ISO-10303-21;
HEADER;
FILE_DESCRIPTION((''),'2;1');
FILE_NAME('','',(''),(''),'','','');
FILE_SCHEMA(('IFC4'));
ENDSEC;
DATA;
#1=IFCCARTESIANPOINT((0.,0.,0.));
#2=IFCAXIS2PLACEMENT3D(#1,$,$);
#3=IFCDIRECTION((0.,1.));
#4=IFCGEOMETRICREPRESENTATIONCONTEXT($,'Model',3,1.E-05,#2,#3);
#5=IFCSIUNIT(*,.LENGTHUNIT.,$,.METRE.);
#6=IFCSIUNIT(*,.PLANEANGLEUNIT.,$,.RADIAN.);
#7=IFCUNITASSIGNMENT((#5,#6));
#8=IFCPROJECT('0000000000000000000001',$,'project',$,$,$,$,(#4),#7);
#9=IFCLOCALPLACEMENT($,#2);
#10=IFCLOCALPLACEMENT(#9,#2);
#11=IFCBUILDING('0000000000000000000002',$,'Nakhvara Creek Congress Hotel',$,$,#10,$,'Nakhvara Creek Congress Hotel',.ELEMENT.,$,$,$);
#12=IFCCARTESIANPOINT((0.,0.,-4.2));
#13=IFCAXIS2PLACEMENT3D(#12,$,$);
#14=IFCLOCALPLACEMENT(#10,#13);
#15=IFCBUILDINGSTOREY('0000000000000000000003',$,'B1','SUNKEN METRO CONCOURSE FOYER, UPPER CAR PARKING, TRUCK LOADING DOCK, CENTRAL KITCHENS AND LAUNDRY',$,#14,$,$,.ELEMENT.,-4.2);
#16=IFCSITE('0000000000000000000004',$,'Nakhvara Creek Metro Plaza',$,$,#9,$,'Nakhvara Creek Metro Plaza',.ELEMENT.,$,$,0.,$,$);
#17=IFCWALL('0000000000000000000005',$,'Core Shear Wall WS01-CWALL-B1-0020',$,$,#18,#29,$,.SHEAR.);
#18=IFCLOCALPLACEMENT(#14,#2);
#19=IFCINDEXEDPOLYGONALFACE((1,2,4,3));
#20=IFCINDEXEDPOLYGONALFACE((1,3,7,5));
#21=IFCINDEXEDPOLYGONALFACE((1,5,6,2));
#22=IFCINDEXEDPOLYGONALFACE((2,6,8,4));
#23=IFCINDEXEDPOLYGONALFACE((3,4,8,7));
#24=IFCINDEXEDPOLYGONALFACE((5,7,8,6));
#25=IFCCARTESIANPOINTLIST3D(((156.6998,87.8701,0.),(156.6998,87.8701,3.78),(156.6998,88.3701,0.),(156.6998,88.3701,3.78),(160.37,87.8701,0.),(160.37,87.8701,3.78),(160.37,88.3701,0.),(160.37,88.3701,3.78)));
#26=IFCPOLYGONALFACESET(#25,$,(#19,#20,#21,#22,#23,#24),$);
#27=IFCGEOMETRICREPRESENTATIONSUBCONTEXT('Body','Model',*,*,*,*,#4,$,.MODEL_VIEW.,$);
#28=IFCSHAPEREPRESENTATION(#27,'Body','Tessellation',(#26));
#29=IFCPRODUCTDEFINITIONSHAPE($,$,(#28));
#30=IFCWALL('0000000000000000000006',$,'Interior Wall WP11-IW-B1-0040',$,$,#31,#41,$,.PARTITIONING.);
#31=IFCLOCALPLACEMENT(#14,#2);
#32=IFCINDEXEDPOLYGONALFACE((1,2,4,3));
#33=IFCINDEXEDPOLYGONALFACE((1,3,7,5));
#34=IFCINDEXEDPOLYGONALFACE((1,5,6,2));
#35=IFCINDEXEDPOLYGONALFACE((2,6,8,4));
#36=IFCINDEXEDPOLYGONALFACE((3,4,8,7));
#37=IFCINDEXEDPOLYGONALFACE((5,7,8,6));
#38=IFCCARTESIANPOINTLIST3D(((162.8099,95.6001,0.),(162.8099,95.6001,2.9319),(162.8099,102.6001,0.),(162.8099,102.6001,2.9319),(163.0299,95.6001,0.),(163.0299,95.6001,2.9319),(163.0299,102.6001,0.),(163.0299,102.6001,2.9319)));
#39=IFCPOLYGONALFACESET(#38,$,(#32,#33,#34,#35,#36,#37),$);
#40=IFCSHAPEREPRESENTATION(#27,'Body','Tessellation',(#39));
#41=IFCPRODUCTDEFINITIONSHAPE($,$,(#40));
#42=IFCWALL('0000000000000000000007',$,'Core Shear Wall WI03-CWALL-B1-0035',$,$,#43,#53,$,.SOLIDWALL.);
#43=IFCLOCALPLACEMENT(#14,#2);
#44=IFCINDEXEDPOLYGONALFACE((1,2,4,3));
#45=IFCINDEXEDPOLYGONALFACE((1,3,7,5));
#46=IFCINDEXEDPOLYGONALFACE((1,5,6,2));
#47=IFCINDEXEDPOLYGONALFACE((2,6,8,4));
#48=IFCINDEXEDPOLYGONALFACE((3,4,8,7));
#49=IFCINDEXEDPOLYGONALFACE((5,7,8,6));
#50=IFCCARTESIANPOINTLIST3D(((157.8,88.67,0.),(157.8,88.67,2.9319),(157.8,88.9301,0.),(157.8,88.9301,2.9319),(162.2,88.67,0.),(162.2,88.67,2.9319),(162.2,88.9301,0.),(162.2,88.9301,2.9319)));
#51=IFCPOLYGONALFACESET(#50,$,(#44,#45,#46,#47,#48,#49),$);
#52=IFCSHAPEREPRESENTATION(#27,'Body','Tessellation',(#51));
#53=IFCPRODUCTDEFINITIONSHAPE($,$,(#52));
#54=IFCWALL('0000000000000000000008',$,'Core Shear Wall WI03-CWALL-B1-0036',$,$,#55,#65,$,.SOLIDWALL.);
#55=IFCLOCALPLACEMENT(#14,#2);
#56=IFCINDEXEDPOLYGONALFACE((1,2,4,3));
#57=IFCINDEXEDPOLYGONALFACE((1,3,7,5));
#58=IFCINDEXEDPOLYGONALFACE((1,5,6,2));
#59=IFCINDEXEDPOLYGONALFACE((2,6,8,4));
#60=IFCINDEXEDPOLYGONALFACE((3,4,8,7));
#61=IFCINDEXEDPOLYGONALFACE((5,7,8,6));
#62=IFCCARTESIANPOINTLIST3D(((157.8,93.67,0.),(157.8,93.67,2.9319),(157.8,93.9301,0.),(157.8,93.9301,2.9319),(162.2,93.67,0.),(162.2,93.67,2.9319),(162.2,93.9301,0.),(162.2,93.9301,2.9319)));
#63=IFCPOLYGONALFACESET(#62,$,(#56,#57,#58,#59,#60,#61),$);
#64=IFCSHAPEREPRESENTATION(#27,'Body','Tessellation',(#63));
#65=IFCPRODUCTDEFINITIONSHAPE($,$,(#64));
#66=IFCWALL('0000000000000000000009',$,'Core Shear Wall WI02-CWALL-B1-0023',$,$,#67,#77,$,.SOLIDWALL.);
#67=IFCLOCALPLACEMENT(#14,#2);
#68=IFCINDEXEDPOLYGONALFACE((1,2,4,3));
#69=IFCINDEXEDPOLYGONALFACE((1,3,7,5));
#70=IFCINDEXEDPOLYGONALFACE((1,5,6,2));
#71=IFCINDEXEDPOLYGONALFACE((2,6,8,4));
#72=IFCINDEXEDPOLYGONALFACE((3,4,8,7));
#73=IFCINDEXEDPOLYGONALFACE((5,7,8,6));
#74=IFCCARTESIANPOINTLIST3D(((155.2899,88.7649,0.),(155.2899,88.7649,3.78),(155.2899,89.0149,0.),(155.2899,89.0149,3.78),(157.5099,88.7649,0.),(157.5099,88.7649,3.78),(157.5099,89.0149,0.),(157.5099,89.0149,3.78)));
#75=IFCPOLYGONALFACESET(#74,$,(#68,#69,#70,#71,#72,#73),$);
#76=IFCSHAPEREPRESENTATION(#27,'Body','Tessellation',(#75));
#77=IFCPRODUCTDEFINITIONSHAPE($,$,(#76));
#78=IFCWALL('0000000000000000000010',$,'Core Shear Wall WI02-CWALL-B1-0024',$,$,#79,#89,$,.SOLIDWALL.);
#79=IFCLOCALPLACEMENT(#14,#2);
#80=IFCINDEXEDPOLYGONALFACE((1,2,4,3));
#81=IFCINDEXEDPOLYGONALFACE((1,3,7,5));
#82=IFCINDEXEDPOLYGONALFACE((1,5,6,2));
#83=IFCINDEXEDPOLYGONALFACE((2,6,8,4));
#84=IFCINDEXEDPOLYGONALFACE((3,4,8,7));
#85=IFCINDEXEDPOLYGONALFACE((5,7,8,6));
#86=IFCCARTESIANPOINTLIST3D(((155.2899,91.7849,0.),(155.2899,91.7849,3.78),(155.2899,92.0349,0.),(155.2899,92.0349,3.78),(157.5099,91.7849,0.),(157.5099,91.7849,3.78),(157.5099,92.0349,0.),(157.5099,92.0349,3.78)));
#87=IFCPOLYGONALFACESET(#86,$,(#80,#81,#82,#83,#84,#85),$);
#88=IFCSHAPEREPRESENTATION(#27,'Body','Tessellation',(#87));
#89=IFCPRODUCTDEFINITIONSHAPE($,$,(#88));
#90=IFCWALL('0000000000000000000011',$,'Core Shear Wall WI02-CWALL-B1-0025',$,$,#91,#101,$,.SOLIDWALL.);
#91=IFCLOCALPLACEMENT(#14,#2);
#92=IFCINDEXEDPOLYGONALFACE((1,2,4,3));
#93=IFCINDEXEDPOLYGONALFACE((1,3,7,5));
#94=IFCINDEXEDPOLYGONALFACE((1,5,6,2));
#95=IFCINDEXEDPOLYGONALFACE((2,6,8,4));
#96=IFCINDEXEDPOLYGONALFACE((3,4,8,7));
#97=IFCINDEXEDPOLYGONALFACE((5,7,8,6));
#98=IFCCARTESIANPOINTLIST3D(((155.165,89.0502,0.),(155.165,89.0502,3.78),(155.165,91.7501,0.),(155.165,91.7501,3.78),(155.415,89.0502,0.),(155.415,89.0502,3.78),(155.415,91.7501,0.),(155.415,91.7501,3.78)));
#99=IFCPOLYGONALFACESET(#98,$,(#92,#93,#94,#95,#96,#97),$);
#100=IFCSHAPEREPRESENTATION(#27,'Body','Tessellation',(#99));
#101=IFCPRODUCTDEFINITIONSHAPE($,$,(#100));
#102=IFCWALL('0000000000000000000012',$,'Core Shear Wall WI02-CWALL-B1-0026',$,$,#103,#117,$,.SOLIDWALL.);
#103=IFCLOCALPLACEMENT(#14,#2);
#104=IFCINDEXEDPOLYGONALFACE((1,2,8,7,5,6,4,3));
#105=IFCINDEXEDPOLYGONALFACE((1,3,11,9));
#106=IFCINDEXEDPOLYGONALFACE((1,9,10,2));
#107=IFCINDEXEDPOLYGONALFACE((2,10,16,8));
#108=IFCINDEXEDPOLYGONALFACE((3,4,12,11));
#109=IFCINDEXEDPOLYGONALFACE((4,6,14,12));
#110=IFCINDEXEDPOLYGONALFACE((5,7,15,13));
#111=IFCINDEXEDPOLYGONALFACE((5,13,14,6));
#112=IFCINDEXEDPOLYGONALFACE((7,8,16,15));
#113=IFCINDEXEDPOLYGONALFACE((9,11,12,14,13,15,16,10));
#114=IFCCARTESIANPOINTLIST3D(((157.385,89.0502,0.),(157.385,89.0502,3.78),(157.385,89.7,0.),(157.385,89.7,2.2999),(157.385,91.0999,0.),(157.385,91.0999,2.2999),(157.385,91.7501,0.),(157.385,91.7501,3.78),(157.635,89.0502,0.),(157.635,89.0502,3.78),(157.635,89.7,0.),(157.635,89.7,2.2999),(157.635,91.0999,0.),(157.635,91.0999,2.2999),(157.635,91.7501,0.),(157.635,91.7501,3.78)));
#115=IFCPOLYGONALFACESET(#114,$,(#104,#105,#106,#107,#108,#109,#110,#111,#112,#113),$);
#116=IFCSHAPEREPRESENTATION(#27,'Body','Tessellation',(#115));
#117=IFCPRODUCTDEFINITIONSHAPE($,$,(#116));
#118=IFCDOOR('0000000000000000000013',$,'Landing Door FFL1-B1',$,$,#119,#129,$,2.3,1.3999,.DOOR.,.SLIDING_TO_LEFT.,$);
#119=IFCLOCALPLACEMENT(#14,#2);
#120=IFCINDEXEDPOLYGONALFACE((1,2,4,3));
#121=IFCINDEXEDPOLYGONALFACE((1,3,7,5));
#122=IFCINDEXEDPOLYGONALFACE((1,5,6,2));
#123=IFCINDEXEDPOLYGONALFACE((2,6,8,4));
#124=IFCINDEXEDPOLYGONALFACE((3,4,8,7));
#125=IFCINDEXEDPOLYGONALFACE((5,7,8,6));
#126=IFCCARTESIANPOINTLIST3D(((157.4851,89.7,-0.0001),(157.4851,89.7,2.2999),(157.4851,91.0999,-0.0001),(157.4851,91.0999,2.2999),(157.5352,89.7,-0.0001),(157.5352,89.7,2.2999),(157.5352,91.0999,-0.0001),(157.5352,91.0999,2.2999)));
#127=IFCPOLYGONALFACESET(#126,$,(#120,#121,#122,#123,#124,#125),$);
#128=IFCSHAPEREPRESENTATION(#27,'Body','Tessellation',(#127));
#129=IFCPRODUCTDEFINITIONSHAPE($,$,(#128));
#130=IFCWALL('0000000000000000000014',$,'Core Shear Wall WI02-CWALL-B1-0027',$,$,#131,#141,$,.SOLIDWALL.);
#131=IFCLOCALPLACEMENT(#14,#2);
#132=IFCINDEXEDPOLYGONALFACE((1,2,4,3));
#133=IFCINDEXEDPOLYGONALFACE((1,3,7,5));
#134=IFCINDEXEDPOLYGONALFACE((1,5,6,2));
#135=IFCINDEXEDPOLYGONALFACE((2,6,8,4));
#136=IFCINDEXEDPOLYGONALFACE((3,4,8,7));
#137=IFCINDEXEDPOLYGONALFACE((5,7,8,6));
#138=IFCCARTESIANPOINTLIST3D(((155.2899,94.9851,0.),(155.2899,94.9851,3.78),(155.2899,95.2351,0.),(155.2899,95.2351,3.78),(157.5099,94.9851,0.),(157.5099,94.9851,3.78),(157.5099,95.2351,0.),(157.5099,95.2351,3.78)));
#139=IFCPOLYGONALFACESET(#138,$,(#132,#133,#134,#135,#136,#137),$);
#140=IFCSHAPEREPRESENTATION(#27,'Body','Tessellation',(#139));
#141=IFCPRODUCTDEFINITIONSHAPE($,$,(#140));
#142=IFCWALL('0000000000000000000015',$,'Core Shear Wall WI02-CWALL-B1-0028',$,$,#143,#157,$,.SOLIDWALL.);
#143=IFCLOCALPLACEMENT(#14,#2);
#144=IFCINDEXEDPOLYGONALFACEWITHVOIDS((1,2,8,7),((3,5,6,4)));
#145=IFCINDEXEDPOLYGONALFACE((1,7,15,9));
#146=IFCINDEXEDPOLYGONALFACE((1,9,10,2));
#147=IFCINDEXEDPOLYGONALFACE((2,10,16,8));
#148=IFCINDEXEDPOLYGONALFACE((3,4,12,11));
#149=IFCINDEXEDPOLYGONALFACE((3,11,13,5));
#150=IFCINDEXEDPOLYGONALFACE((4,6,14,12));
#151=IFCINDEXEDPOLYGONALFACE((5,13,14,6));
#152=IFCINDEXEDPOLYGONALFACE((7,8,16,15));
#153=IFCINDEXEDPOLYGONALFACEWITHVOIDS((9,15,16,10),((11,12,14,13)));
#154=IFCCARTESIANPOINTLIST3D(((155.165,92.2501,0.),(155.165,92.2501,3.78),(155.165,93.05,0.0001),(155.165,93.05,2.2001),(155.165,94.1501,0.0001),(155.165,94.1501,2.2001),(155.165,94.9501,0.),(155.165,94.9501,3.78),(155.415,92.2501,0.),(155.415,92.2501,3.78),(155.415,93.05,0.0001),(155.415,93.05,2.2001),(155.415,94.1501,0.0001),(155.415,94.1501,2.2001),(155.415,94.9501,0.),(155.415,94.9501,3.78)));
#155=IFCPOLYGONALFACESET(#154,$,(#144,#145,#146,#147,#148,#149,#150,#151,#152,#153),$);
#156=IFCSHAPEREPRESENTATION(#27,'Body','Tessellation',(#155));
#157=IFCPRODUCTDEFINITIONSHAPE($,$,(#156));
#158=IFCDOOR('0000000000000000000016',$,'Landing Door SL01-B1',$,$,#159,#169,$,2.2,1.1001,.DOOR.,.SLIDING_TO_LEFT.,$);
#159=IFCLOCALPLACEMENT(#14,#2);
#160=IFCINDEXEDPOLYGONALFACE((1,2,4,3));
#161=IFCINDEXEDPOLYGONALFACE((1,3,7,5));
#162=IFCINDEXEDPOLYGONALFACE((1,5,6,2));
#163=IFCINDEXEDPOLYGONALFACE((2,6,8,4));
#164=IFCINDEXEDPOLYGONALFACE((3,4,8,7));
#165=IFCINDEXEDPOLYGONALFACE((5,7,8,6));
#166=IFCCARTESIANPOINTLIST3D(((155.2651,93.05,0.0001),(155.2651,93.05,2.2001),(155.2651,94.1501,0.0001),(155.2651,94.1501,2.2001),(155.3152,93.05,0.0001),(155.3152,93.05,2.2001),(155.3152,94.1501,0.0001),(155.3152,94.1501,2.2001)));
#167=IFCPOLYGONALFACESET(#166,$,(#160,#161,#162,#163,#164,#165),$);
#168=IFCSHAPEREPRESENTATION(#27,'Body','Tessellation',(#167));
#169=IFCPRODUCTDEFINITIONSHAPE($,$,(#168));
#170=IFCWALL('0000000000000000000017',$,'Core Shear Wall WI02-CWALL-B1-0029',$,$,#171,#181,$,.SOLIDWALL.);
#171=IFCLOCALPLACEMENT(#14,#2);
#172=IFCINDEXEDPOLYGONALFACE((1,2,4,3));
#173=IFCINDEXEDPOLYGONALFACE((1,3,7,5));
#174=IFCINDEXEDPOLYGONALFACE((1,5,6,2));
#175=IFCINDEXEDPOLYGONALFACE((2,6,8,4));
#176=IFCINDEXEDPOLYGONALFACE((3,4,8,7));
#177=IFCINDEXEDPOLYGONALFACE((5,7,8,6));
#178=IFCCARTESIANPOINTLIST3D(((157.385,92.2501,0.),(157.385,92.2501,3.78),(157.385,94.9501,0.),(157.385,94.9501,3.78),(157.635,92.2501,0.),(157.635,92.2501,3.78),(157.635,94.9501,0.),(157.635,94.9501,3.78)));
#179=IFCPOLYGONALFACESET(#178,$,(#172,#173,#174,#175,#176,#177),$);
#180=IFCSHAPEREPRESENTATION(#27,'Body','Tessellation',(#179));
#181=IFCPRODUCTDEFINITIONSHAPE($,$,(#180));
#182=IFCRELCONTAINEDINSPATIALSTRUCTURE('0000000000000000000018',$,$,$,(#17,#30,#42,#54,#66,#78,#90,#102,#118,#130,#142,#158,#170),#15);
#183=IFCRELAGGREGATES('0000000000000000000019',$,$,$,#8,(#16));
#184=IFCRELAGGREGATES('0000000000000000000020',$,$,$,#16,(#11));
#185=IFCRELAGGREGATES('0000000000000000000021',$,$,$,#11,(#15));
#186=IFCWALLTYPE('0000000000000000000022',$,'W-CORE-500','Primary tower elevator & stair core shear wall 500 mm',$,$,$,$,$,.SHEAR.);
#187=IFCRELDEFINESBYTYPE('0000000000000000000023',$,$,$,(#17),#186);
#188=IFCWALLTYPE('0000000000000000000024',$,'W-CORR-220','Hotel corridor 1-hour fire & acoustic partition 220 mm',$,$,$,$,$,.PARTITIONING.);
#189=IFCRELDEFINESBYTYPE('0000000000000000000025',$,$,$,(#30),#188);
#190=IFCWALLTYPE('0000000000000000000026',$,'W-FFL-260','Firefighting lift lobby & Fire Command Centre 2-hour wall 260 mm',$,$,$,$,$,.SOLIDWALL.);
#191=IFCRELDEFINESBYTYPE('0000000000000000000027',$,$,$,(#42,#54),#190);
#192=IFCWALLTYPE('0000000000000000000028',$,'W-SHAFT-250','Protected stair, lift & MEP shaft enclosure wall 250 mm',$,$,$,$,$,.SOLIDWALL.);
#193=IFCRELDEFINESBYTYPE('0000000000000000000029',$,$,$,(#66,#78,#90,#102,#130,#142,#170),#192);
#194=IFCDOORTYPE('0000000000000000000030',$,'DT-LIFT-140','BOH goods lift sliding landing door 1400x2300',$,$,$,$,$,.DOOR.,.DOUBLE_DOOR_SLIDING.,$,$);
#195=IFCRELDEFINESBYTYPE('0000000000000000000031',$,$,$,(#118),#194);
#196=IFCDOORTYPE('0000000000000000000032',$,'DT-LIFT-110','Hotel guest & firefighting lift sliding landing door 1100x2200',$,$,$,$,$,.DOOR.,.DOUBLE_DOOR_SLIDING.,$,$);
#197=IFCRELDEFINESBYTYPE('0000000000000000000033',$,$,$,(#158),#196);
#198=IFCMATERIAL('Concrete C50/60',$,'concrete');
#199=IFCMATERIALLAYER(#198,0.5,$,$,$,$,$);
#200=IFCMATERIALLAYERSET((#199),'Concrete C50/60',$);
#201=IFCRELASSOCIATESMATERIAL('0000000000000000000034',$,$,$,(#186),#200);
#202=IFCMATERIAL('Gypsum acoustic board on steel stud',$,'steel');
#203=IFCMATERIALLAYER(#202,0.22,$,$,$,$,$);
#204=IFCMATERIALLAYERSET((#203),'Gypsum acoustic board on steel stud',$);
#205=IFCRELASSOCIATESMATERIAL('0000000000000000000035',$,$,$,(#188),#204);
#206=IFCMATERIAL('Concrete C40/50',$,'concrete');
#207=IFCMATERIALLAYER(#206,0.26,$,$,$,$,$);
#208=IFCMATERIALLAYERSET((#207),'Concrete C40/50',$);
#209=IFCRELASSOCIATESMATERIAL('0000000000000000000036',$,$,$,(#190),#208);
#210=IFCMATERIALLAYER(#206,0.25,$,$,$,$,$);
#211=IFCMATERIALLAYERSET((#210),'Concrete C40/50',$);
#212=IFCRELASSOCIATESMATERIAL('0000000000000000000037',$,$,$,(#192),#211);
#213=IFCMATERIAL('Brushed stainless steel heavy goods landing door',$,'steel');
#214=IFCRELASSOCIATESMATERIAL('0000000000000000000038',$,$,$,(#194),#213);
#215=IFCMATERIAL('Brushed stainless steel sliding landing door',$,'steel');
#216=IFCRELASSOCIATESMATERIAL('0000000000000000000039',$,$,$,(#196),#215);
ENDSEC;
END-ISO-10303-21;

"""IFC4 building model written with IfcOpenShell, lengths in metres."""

from ifc_helpers import new_model, si_unit, direction, frame, frame_2d, origin, place, context, subcontext, project, spatial, rectangle, extrude, material, layer, layer_set, type_object, element, fill, save


model = new_model("IFC4")

# Units and contexts
model_context = context("Model", 3, precision=1e-05, world=origin(), true_north=direction((0.0, 1.0)))
body_context = subcontext(model_context, "Body", "Model", "MODEL_VIEW")
ifc_project = project(units=[si_unit("LENGTHUNIT", "METRE"), si_unit("PLANEANGLEUNIT", "RADIAN")], contexts=[model_context])

# Site, building, storey
site_placement = place(None, origin())
site = spatial("IfcSite", under=ifc_project, at=site_placement, Name="Nakhvara Creek Metro Plaza", LongName="Nakhvara Creek Metro Plaza", CompositionType="ELEMENT", RefElevation=0.0)
building_placement = place(site_placement, origin())
building = spatial("IfcBuilding", under=site, at=building_placement, Name="Nakhvara Creek Congress Hotel", LongName="Nakhvara Creek Congress Hotel", CompositionType="ELEMENT")
storey_placement = place(building_placement, frame((0.0, 0.0, -4.2)))
storey = spatial("IfcBuildingStorey", under=building, at=storey_placement, Name="B1", Description="SUNKEN METRO CONCOURSE FOYER, UPPER CAR PARKING, TRUCK LOADING DOCK, CENTRAL KITCHENS AND LAUNDRY", CompositionType="ELEMENT", Elevation=-4.2)

# Shared definitions
ifc_material_1 = material(Name="Concrete C50/60", Category="concrete")

# Shared definitions
ifc_material_2 = material(Name="Concrete C40/50", Category="concrete")

# Walls
ifc_layer_1 = layer(ifc_material_1, 0.5)
ifc_layer_set_1 = layer_set([ifc_layer_1], Name="Concrete C50/60")
wall_type_1 = type_object("IfcWallType", Name="W-CORE-500", Description="Primary tower elevator & stair core shear wall 500 mm", PredefinedType="SHEAR", material=ifc_layer_set_1)
wall_1_placement = place(storey_placement, frame((156.7, 88.1201, 0.0), z_axis=(0.0, 0.0, 1.0), x_axis=(1.0, 0.0, 0.0)))
element("IfcWall", 1, at=wall_1_placement, inside=storey, type_object=wall_type_1, Name="Core Shear Wall WS01-CWALL-B1-0020", PredefinedType="SHEAR", context=body_context, shape_type="SweptSolid", body=[
    extrude(rectangle(XDim=3.6702, YDim=0.5, at=frame_2d((1.835, 0.0))), origin(), (0.0, 0.0, 1.0), 3.78),
])
ifc_material_3 = material(Name="Gypsum acoustic board on steel stud", Category="steel")
ifc_layer_2 = layer(ifc_material_3, 0.22)
ifc_layer_set_2 = layer_set([ifc_layer_2], Name="Gypsum acoustic board on steel stud")
wall_type_2 = type_object("IfcWallType", Name="W-CORR-220", Description="Hotel corridor 1-hour fire & acoustic partition 220 mm", PredefinedType="PARTITIONING", material=ifc_layer_set_2)
wall_2_placement = place(storey_placement, frame((162.9199, 95.6001, 0.0), z_axis=(0.0, 0.0, 1.0), x_axis=(0.0, 1.0, 0.0)))
element("IfcWall", 2, at=wall_2_placement, inside=storey, type_object=wall_type_2, Name="Interior Wall WP11-IW-B1-0040", PredefinedType="PARTITIONING", context=body_context, shape_type="SweptSolid", body=[
    extrude(rectangle(XDim=7.0, YDim=0.22, at=frame_2d((3.5, 0.0))), origin(), (0.0, 0.0, 1.0), 2.9319),
])

# Shared definitions
ifc_layer_3 = layer(ifc_material_2, 0.26)
ifc_layer_set_3 = layer_set([ifc_layer_3], Name="Concrete C40/50")
wall_type_3 = type_object("IfcWallType", Name="W-FFL-260", Description="Firefighting lift lobby & Fire Command Centre 2-hour wall 260 mm", PredefinedType="SOLIDWALL", material=ifc_layer_set_3)

# Walls
for number, where, z_axis, x_axis, name in (
    (3, (157.8, 88.8, 0.0), (0.0, 0.0, 1.0), (1.0, 0.0, 0.0), "Core Shear Wall WI03-CWALL-B1-0035"),
    (4, (157.8, 93.8, 0.0), (0.0, 0.0, 1.0), (1.0, 0.0, 0.0), "Core Shear Wall WI03-CWALL-B1-0036"),
):
    element("IfcWall", number, at=place(storey_placement, frame(where, z_axis=z_axis, x_axis=x_axis)), inside=storey, type_object=wall_type_3, Name=name, PredefinedType="SOLIDWALL", context=body_context, shape_type="SweptSolid", body=[
        extrude(rectangle(XDim=4.3999, YDim=0.26, at=frame_2d((2.2, 0.0))), origin(), (0.0, 0.0, 1.0), 2.9319),
    ])
ifc_layer_4 = layer(ifc_material_2, 0.25)
ifc_layer_set_4 = layer_set([ifc_layer_4], Name="Concrete C40/50")
wall_type_4 = type_object("IfcWallType", Name="W-SHAFT-250", Description="Protected stair, lift & MEP shaft enclosure wall 250 mm", PredefinedType="SOLIDWALL", material=ifc_layer_set_4)
for number, where, z_axis, x_axis, name in (
    (5, (155.29, 88.8899, 0.0), (0.0, 0.0, 1.0), (1.0, 0.0, 0.0), "Core Shear Wall WI02-CWALL-B1-0023"),
    (6, (155.29, 91.9099, 0.0), (0.0, 0.0, 1.0), (1.0, 0.0, 0.0), "Core Shear Wall WI02-CWALL-B1-0024"),
):
    element("IfcWall", number, at=place(storey_placement, frame(where, z_axis=z_axis, x_axis=x_axis)), inside=storey, type_object=wall_type_4, Name=name, PredefinedType="SOLIDWALL", context=body_context, shape_type="SweptSolid", body=[
        extrude(rectangle(XDim=2.22, YDim=0.25, at=frame_2d((1.1099, 0.0))), origin(), (0.0, 0.0, 1.0), 3.78),
    ])
wall_3_placement = place(storey_placement, frame((155.29, 89.05, 0.0), z_axis=(0.0, 0.0, 1.0), x_axis=(0.0, 1.0, 0.0)))
element("IfcWall", 7, at=wall_3_placement, inside=storey, type_object=wall_type_4, Name="Core Shear Wall WI02-CWALL-B1-0025", PredefinedType="SOLIDWALL", context=body_context, shape_type="SweptSolid", body=[
    extrude(rectangle(XDim=2.7, YDim=0.25, at=frame_2d((1.3501, 0.0))), origin(), (0.0, 0.0, 1.0), 3.78),
])

# Wall, opening, door
wall_4_placement = place(storey_placement, frame((157.51, 89.05, 0.0), z_axis=(0.0, 0.0, 1.0), x_axis=(0.0, 1.0, 0.0)))
wall_4 = element("IfcWall", 8, at=wall_4_placement, inside=storey, type_object=wall_type_4, Name="Core Shear Wall WI02-CWALL-B1-0026", PredefinedType="SOLIDWALL", context=body_context, shape_type="SweptSolid", body=[
    extrude(rectangle(XDim=2.7, YDim=0.25, at=frame_2d((1.3501, 0.0))), origin(), (0.0, 0.0, 1.0), 3.78),
])
opening_1_placement = place(wall_4_placement, frame((0.6499, 0.0, 0.0)))
opening_1 = element("IfcOpeningElement", 9, at=opening_1_placement, cuts=wall_4, PredefinedType="OPENING", context=body_context, shape_type="SweptSolid", body=[
    extrude(rectangle(XDim=1.3999, YDim=2.3, at=frame_2d((0.7, 1.1499))), frame((0.0, 0.137, 0.0), z_axis=(0.0, -1.0, 0.0), x_axis=(1.0, 0.0, 0.0)), (0.0, 0.0, 1.0), 0.2739),
])
ifc_material_4 = material(Name="Brushed stainless steel heavy goods landing door", Category="steel")
door_type_1 = type_object("IfcDoorType", Name="DT-LIFT-140", Description="BOH goods lift sliding landing door 1400x2300", OperationType="DOUBLE_DOOR_SLIDING", PredefinedType="DOOR", material=ifc_material_4)
door_1_placement = place(opening_1_placement, origin())
door_1 = element("IfcDoor", 10, at=door_1_placement, inside=storey, type_object=door_type_1, Name="Landing Door FFL1-B1", OperationType="SLIDING_TO_LEFT", OverallHeight=2.3, OverallWidth=1.3999, PredefinedType="DOOR", context=body_context, shape_type="SweptSolid", body=[
    extrude(rectangle(XDim=1.3999, YDim=2.3, at=frame_2d((0.7, 1.1499))), frame((0.0, 0.0249, 0.0), z_axis=(0.0, -1.0, 0.0), x_axis=(1.0, 0.0, 0.0)), (0.0, 0.0, 1.0), 0.05),
])
fill(opening_1, door_1)

# Wall
wall_5_placement = place(storey_placement, frame((155.29, 95.1101, 0.0), z_axis=(0.0, 0.0, 1.0), x_axis=(1.0, 0.0, 0.0)))
element("IfcWall", 11, at=wall_5_placement, inside=storey, type_object=wall_type_4, Name="Core Shear Wall WI02-CWALL-B1-0027", PredefinedType="SOLIDWALL", context=body_context, shape_type="SweptSolid", body=[
    extrude(rectangle(XDim=2.22, YDim=0.25, at=frame_2d((1.1099, 0.0))), origin(), (0.0, 0.0, 1.0), 3.78),
])

# Wall, opening, door
wall_6_placement = place(storey_placement, frame((155.29, 92.25, 0.0), z_axis=(0.0, 0.0, 1.0), x_axis=(0.0, 1.0, 0.0)))
wall_6 = element("IfcWall", 12, at=wall_6_placement, inside=storey, type_object=wall_type_4, Name="Core Shear Wall WI02-CWALL-B1-0028", PredefinedType="SOLIDWALL", context=body_context, shape_type="SweptSolid", body=[
    extrude(rectangle(XDim=2.7, YDim=0.25, at=frame_2d((1.3501, 0.0))), origin(), (0.0, 0.0, 1.0), 3.78),
])
opening_2_placement = place(wall_6_placement, frame((0.8, 0.0, 0.0)))
opening_2 = element("IfcOpeningElement", 13, at=opening_2_placement, cuts=wall_6, PredefinedType="OPENING", context=body_context, shape_type="SweptSolid", body=[
    extrude(rectangle(XDim=1.1001, YDim=2.2, at=frame_2d((0.55, 1.1001))), frame((0.0, 0.137, 0.0), z_axis=(0.0, -1.0, 0.0), x_axis=(1.0, 0.0, 0.0)), (0.0, 0.0, 1.0), 0.2739),
])
ifc_material_5 = material(Name="Brushed stainless steel sliding landing door", Category="steel")
door_type_2 = type_object("IfcDoorType", Name="DT-LIFT-110", Description="Hotel guest & firefighting lift sliding landing door 1100x2200", OperationType="DOUBLE_DOOR_SLIDING", PredefinedType="DOOR", material=ifc_material_5)
door_2_placement = place(opening_2_placement, origin())
door_2 = element("IfcDoor", 14, at=door_2_placement, inside=storey, type_object=door_type_2, Name="Landing Door SL01-B1", OperationType="SLIDING_TO_LEFT", OverallHeight=2.2, OverallWidth=1.1001, PredefinedType="DOOR", context=body_context, shape_type="SweptSolid", body=[
    extrude(rectangle(XDim=1.1001, YDim=2.2, at=frame_2d((0.55, 1.1001))), frame((0.0, 0.0249, 0.0), z_axis=(0.0, -1.0, 0.0), x_axis=(1.0, 0.0, 0.0)), (0.0, 0.0, 1.0), 0.05),
])
fill(opening_2, door_2)

# Wall
wall_7_placement = place(storey_placement, frame((157.51, 92.25, 0.0), z_axis=(0.0, 0.0, 1.0), x_axis=(0.0, 1.0, 0.0)))
element("IfcWall", 15, at=wall_7_placement, inside=storey, type_object=wall_type_4, Name="Core Shear Wall WI02-CWALL-B1-0029", PredefinedType="SOLIDWALL", context=body_context, shape_type="SweptSolid", body=[
    extrude(rectangle(XDim=2.7, YDim=0.25, at=frame_2d((1.3501, 0.0))), origin(), (0.0, 0.0, 1.0), 3.78),
])

save(model, "model.ifc")
